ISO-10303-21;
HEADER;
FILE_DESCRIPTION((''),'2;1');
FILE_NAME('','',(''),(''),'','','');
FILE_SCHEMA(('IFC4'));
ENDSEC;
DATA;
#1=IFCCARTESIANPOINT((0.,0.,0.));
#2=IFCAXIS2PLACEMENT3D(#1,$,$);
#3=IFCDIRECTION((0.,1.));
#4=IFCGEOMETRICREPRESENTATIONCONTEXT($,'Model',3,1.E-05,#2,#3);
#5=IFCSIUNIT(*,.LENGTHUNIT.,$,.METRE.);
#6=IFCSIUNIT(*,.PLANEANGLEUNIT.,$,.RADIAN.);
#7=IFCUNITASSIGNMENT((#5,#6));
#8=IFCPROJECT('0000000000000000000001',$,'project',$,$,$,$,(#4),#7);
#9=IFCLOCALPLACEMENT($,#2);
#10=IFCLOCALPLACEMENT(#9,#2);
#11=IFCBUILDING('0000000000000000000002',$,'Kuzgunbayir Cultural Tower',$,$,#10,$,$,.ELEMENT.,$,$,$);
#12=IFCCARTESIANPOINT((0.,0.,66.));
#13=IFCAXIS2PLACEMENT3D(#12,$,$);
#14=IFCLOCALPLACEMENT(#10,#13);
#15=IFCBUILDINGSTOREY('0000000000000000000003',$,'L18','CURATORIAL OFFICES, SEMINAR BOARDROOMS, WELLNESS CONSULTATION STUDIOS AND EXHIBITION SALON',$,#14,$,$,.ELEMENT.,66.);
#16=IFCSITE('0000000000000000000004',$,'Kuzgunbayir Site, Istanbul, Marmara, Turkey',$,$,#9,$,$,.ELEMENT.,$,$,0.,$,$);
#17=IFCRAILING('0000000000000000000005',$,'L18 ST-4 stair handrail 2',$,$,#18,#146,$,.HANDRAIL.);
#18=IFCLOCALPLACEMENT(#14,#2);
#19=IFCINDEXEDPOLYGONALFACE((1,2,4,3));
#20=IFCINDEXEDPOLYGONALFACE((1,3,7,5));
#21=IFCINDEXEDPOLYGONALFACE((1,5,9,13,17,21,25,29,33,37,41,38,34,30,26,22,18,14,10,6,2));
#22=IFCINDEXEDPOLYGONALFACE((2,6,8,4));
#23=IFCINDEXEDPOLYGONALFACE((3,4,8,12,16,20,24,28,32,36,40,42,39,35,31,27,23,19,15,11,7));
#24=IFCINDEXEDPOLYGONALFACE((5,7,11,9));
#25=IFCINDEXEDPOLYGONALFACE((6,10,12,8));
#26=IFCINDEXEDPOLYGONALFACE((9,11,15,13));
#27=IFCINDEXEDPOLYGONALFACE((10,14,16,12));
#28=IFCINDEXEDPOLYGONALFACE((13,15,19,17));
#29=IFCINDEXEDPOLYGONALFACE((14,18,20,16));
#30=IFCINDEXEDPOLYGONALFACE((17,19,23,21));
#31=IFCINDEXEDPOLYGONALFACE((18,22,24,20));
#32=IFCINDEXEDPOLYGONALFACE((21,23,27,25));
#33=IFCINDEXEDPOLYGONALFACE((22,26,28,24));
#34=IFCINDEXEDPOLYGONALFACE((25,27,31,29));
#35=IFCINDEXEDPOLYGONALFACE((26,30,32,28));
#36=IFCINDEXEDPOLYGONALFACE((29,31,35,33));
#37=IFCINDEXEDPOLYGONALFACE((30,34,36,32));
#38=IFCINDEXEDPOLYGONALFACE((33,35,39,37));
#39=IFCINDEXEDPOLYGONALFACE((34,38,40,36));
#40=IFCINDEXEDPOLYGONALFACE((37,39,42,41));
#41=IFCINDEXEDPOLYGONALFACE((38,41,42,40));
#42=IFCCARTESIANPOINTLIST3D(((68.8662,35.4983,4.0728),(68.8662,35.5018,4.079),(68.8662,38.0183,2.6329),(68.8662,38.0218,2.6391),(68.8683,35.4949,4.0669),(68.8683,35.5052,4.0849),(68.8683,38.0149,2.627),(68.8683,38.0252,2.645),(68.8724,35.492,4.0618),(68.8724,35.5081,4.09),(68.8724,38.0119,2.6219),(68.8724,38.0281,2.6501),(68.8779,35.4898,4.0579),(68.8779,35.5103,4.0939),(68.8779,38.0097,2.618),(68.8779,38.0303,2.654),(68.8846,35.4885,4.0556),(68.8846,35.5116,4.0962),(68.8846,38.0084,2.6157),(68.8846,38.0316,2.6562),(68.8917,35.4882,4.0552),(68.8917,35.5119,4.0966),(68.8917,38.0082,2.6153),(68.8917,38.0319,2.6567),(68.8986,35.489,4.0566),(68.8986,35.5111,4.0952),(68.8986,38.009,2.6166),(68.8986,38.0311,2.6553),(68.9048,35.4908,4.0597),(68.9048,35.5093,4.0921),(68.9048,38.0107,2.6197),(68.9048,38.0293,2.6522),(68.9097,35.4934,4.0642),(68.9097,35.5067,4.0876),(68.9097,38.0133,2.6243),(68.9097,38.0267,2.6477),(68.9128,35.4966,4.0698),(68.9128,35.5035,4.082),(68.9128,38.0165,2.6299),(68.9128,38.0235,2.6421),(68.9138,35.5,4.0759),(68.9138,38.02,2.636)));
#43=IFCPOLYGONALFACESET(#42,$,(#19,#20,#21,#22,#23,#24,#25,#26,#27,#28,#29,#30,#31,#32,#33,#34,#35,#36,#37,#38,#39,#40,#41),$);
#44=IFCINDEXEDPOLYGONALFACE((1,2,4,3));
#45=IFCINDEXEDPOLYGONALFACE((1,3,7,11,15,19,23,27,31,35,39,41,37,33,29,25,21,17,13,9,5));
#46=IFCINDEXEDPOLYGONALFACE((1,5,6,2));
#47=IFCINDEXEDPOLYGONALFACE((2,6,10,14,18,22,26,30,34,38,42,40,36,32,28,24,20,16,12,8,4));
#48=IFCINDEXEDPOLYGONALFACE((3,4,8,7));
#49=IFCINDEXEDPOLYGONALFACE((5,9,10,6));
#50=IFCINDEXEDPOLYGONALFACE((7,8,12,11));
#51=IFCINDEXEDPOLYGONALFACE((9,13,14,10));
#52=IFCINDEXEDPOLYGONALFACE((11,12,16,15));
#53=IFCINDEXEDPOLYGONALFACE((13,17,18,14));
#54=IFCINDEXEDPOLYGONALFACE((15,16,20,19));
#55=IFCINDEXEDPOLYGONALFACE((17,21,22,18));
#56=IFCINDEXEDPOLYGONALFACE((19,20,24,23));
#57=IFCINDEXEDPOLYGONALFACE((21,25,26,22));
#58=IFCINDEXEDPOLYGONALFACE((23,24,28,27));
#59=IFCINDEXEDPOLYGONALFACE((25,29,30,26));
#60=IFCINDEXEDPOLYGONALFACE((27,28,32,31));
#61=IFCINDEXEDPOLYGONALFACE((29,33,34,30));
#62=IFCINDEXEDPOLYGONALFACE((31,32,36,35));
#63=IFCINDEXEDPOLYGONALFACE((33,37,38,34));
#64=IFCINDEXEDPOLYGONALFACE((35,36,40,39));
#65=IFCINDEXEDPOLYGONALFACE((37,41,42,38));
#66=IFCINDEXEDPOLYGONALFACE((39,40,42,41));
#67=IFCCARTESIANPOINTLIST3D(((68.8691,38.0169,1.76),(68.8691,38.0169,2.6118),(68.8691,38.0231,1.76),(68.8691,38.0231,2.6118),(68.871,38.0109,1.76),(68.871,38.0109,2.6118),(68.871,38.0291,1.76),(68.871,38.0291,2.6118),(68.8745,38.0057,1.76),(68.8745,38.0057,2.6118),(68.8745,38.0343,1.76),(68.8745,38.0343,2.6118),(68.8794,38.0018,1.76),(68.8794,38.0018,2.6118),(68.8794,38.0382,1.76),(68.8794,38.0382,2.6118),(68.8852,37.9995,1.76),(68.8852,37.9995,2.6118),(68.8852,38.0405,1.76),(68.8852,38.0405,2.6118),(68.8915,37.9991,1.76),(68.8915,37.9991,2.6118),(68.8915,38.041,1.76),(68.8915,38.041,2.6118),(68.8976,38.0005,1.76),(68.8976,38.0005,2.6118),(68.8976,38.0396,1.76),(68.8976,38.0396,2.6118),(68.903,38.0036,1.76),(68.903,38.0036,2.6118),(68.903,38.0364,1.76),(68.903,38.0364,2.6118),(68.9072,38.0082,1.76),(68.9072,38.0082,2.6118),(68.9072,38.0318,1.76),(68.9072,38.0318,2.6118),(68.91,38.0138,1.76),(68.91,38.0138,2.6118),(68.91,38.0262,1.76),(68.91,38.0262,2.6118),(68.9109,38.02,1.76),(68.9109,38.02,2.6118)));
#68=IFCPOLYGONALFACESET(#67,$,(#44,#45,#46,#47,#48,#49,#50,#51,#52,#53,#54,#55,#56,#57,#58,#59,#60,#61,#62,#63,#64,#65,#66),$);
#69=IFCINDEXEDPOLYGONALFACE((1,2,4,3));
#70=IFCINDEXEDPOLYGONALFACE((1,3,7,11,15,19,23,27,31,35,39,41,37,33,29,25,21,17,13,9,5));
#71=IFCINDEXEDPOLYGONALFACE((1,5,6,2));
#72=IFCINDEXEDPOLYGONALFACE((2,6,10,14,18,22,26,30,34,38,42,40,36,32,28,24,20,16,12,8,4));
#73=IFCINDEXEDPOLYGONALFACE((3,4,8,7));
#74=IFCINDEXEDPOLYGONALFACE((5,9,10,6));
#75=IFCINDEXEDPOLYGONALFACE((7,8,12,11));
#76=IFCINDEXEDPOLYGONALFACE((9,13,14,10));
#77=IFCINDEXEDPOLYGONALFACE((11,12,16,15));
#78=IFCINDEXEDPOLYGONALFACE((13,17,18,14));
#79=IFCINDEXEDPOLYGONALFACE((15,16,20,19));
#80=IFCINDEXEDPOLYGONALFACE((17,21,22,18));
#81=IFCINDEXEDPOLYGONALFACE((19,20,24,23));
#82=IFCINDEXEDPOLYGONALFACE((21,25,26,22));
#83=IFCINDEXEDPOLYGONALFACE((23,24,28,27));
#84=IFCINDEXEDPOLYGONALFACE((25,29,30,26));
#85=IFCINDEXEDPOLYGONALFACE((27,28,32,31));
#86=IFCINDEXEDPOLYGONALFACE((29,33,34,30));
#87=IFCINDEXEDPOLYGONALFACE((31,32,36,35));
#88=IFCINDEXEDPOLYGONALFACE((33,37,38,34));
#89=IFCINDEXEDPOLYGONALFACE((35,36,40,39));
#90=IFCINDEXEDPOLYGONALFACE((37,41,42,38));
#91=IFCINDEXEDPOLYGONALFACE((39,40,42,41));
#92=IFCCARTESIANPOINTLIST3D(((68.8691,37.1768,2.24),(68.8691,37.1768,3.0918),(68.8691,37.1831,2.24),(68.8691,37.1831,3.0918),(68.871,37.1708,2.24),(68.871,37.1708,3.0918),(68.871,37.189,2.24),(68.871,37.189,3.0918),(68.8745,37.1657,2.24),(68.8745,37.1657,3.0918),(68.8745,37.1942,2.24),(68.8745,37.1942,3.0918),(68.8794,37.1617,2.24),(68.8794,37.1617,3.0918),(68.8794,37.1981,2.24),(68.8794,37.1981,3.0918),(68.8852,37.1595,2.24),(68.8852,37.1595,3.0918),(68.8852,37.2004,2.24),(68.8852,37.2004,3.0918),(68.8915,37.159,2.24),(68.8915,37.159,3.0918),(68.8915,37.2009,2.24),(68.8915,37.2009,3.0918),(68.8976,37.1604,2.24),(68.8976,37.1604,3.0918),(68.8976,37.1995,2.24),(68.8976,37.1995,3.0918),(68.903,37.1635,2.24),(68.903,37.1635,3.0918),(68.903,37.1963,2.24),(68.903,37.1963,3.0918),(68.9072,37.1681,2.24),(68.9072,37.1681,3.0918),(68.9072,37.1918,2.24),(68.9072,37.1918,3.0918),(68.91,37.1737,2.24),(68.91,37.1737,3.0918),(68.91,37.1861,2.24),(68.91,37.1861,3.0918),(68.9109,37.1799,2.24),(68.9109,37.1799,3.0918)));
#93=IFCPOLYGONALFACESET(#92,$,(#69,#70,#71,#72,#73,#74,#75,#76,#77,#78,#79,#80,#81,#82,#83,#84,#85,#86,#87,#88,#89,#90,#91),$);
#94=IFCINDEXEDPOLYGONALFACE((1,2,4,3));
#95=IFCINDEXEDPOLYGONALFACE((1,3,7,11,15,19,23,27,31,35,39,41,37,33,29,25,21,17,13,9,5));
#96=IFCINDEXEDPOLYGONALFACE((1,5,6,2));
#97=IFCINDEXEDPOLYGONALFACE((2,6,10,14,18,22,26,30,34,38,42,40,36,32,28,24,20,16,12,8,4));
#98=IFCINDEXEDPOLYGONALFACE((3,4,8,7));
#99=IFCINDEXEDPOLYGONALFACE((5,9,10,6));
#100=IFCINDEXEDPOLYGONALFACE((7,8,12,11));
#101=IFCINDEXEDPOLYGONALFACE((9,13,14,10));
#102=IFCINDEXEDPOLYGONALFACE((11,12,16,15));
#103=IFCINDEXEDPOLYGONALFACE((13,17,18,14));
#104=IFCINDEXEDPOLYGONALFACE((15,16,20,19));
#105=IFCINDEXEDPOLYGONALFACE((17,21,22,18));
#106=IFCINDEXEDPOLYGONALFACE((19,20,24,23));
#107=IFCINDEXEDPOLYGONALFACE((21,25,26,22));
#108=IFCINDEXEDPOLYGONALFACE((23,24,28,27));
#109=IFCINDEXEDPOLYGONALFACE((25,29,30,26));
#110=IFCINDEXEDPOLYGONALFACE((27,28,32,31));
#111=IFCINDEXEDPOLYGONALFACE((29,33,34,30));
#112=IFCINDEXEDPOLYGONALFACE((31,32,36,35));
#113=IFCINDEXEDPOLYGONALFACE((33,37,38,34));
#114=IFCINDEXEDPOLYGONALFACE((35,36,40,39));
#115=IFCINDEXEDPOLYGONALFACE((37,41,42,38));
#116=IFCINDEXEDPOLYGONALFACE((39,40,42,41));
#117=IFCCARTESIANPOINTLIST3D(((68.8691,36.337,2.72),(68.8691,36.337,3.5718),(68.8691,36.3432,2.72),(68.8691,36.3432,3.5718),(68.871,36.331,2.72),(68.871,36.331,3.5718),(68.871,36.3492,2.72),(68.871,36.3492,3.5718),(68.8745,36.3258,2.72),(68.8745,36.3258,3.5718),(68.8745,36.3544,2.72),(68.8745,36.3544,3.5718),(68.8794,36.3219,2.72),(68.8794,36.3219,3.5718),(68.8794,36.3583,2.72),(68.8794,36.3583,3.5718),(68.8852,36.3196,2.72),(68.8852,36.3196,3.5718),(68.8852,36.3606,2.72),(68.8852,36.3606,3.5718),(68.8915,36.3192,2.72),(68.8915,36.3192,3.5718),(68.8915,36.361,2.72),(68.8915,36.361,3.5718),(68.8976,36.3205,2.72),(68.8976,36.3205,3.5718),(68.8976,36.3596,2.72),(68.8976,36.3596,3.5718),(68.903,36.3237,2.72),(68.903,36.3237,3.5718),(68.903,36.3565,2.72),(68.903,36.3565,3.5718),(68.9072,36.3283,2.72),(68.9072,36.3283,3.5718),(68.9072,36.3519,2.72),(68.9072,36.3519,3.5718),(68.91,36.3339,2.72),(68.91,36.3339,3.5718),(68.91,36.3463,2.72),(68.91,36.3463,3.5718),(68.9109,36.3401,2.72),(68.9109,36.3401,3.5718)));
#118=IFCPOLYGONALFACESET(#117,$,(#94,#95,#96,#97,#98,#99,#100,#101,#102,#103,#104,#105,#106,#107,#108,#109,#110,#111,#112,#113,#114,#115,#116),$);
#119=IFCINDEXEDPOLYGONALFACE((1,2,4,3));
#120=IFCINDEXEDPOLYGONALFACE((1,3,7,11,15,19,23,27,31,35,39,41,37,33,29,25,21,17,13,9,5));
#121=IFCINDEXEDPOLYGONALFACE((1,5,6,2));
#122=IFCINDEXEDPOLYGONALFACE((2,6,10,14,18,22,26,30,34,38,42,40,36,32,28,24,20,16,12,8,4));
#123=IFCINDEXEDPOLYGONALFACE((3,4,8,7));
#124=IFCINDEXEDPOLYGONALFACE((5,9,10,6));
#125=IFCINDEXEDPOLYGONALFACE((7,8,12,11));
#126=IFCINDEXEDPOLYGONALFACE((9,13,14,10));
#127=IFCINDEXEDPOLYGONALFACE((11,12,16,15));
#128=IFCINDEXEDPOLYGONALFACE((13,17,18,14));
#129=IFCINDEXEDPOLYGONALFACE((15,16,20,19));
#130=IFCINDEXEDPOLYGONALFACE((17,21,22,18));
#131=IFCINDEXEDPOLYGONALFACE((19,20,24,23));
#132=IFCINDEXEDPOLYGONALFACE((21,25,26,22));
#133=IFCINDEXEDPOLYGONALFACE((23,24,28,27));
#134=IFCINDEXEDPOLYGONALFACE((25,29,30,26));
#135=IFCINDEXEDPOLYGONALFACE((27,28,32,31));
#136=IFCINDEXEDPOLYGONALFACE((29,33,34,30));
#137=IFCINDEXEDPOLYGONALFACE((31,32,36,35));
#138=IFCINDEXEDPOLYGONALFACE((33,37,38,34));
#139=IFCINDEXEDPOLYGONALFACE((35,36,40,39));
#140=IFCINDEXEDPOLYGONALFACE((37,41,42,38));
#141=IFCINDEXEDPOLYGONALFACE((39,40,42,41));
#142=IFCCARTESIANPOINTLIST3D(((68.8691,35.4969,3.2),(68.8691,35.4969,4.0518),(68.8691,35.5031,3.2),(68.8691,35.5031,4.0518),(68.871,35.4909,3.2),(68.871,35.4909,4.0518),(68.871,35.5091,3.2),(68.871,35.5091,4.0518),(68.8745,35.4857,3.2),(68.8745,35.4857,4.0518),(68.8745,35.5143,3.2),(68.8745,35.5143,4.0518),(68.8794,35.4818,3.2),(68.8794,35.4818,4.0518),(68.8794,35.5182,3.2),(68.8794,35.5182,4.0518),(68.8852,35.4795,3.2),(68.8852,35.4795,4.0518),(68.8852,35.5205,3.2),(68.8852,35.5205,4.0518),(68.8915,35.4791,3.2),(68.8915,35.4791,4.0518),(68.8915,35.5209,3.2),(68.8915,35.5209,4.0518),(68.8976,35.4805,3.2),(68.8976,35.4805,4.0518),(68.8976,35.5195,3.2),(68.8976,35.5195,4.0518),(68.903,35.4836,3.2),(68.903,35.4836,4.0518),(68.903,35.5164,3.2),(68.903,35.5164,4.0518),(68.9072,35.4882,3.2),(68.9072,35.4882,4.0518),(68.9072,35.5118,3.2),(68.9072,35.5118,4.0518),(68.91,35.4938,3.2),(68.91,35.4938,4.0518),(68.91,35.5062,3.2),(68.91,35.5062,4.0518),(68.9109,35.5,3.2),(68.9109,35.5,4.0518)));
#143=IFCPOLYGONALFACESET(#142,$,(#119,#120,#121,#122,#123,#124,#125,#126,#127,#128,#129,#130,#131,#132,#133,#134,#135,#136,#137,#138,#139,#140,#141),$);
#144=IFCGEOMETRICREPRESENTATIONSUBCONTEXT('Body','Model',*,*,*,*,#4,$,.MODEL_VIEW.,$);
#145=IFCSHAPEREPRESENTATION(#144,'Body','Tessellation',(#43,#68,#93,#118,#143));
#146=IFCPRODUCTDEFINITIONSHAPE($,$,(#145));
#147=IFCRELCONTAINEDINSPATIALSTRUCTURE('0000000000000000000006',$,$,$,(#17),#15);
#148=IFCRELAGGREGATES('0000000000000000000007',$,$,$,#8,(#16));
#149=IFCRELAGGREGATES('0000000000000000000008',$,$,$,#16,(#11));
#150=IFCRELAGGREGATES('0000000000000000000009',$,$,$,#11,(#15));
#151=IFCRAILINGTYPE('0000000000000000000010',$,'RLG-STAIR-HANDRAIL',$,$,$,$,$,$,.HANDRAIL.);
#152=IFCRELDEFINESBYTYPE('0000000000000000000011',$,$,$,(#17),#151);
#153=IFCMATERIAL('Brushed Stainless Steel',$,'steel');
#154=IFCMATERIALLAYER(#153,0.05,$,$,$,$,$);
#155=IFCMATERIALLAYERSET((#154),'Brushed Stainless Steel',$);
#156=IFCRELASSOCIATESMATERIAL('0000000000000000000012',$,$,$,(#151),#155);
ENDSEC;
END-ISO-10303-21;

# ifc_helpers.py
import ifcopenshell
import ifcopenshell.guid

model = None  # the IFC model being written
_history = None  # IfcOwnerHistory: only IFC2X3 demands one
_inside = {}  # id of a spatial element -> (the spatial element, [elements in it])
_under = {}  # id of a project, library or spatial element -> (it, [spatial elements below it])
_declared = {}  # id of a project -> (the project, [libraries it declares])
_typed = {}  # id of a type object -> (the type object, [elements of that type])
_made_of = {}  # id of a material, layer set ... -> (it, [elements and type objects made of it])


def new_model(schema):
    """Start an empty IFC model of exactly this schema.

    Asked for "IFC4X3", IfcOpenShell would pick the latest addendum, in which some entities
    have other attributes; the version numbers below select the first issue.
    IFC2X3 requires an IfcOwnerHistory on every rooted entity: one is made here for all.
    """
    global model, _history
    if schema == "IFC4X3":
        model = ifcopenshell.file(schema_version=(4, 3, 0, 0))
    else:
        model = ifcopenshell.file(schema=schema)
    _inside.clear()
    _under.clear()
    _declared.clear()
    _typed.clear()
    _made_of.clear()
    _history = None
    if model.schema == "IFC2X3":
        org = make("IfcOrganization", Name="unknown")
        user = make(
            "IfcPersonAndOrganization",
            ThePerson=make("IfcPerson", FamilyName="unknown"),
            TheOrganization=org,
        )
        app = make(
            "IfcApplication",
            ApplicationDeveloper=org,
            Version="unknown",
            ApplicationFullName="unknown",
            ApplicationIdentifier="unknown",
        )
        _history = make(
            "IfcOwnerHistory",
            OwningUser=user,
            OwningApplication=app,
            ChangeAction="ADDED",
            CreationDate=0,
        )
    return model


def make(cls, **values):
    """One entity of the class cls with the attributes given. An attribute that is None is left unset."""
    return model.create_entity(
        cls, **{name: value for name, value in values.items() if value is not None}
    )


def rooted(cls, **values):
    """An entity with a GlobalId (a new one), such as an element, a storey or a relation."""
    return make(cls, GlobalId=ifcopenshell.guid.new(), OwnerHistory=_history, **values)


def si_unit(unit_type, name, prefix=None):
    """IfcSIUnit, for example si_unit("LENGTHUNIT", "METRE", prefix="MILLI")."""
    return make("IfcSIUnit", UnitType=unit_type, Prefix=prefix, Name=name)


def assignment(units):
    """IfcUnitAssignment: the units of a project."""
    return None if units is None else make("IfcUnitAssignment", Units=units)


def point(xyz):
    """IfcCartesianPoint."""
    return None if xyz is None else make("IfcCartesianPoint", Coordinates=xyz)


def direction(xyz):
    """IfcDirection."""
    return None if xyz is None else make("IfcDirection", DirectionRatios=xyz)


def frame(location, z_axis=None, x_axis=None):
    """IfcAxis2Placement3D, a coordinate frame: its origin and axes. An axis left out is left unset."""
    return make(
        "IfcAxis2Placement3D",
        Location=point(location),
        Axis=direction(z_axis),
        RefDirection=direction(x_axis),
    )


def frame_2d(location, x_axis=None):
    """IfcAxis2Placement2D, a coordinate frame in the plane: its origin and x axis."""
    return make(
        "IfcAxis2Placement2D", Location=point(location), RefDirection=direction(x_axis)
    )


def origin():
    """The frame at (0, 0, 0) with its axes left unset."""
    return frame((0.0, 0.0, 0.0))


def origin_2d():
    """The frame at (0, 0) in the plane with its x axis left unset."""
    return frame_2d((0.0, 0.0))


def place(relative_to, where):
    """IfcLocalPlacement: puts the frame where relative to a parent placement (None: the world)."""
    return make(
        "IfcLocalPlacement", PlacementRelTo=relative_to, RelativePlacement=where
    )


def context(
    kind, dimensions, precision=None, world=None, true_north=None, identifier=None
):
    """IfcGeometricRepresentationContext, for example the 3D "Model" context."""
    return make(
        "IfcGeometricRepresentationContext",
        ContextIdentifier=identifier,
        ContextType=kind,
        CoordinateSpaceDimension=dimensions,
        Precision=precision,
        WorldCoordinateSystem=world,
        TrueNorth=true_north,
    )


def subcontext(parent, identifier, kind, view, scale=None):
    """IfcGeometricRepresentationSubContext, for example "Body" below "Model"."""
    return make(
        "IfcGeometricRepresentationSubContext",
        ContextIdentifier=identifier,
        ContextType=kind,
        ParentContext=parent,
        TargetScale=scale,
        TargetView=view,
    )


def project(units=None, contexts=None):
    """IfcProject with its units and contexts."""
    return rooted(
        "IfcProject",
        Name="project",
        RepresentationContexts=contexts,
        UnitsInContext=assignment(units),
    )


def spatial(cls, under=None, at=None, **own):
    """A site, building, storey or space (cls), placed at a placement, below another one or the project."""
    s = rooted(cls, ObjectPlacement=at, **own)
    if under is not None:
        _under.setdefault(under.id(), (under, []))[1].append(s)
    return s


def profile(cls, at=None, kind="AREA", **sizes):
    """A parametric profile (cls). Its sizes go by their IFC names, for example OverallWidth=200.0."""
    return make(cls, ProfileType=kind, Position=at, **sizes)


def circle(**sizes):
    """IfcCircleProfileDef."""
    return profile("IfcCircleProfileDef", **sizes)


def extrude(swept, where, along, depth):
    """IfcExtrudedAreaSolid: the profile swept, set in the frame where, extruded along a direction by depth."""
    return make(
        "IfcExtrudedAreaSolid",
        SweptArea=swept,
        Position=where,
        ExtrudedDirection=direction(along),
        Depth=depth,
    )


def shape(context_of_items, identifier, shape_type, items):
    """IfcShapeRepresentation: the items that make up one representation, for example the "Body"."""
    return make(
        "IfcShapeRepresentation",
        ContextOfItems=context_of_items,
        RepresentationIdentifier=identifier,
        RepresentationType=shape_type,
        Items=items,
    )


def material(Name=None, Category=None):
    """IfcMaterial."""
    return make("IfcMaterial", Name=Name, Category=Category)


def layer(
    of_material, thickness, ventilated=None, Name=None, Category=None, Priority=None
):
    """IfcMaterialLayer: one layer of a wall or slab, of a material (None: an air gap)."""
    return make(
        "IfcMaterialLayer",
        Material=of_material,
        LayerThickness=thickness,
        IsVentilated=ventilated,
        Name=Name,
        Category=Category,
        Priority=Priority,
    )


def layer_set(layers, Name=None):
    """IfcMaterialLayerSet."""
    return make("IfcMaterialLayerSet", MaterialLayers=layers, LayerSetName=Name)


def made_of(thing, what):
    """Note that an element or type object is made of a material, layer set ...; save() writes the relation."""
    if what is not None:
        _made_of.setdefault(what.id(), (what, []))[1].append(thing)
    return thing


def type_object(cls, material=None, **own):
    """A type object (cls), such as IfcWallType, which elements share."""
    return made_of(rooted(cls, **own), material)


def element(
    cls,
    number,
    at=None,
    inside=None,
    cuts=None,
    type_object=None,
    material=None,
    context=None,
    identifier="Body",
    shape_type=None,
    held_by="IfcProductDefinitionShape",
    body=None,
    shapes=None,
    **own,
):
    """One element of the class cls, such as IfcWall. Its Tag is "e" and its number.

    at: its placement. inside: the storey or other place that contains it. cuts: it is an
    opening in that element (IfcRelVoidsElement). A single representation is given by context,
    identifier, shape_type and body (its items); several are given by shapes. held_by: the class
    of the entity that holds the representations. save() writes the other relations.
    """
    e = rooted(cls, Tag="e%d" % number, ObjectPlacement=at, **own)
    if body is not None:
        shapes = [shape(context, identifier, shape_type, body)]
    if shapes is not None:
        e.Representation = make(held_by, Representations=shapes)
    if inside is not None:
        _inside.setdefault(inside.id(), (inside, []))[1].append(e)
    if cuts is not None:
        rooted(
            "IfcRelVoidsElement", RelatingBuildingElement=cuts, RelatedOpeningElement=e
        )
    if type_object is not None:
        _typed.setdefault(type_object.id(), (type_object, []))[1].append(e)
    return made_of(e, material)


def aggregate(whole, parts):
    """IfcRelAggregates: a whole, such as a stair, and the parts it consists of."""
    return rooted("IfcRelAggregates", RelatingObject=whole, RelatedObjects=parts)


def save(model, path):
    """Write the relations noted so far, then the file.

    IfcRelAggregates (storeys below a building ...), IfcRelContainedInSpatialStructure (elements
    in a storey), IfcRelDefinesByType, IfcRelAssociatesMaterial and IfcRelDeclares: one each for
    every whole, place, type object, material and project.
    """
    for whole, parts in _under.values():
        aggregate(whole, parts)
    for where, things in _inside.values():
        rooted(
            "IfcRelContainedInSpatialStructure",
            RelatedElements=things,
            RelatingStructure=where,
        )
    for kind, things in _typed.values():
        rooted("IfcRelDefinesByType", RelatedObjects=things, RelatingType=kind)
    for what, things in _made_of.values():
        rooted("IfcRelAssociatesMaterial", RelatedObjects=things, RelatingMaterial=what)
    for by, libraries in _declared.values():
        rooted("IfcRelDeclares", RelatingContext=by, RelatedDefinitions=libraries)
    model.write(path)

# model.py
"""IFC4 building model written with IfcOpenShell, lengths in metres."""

from ifc_helpers import new_model, si_unit, direction, frame, origin, origin_2d, place, context, subcontext, project, spatial, circle, extrude, material, layer, layer_set, type_object, element, save


model = new_model("IFC4")

# Units and contexts
model_context = context("Model", 3, precision=1e-05, world=origin(), true_north=direction((0.0, 1.0)))
body_context = subcontext(model_context, "Body", "Model", "MODEL_VIEW")
ifc_project = project(units=[si_unit("LENGTHUNIT", "METRE"), si_unit("PLANEANGLEUNIT", "RADIAN")], contexts=[model_context])

# Site, building, storey
site_placement = place(None, origin())
site = spatial("IfcSite", under=ifc_project, at=site_placement, Name="Kuzgunbayir Site, Istanbul, Marmara, Turkey", CompositionType="ELEMENT", RefElevation=0.0)
building_placement = place(site_placement, origin())
building = spatial("IfcBuilding", under=site, at=building_placement, Name="Kuzgunbayir Cultural Tower", CompositionType="ELEMENT")
storey_placement = place(building_placement, frame((0.0, 0.0, 66.0)))
storey = spatial("IfcBuildingStorey", under=building, at=storey_placement, Name="L18", Description="CURATORIAL OFFICES, SEMINAR BOARDROOMS, WELLNESS CONSULTATION STUDIOS AND EXHIBITION SALON", CompositionType="ELEMENT", Elevation=66.0)

# Shared definitions
ifc_material_1 = material(Name="Brushed Stainless Steel", Category="steel")

# Railing
ifc_layer_1 = layer(ifc_material_1, 0.05)
ifc_layer_set_1 = layer_set([ifc_layer_1], Name="Brushed Stainless Steel")
railing_type_1 = type_object("IfcRailingType", Name="RLG-STAIR-HANDRAIL", PredefinedType="HANDRAIL", material=ifc_layer_set_1)
railing_1_placement = place(storey_placement, frame((68.8899, 38.02, 1.76)))
element("IfcRailing", 1, at=railing_1_placement, inside=storey, type_object=railing_type_1, Name="L18 ST-4 stair handrail 2", PredefinedType="HANDRAIL", context=body_context, shape_type="SweptSolid", body=[
    extrude(circle(Radius=0.0239, at=origin_2d()), frame((0.0, 0.0, 0.876), z_axis=(0.0, -0.868253, 0.496121), x_axis=(1.0, 0.0, 0.0)), (0.0, 0.0, 1.0), 2.9023),
    extrude(circle(Radius=0.021, at=origin_2d()), origin(), (0.0, 0.0, 1.0), 0.8518),
    extrude(circle(Radius=0.021, at=origin_2d()), frame((0.0, -0.8401, 0.48)), (0.0, 0.0, 1.0), 0.8518),
    extrude(circle(Radius=0.021, at=origin_2d()), frame((0.0, -1.6799, 0.96)), (0.0, 0.0, 1.0), 0.8518),
    extrude(circle(Radius=0.021, at=origin_2d()), frame((0.0, -2.52, 1.4399)), (0.0, 0.0, 1.0), 0.8518),
])

save(model, "model.ifc")
